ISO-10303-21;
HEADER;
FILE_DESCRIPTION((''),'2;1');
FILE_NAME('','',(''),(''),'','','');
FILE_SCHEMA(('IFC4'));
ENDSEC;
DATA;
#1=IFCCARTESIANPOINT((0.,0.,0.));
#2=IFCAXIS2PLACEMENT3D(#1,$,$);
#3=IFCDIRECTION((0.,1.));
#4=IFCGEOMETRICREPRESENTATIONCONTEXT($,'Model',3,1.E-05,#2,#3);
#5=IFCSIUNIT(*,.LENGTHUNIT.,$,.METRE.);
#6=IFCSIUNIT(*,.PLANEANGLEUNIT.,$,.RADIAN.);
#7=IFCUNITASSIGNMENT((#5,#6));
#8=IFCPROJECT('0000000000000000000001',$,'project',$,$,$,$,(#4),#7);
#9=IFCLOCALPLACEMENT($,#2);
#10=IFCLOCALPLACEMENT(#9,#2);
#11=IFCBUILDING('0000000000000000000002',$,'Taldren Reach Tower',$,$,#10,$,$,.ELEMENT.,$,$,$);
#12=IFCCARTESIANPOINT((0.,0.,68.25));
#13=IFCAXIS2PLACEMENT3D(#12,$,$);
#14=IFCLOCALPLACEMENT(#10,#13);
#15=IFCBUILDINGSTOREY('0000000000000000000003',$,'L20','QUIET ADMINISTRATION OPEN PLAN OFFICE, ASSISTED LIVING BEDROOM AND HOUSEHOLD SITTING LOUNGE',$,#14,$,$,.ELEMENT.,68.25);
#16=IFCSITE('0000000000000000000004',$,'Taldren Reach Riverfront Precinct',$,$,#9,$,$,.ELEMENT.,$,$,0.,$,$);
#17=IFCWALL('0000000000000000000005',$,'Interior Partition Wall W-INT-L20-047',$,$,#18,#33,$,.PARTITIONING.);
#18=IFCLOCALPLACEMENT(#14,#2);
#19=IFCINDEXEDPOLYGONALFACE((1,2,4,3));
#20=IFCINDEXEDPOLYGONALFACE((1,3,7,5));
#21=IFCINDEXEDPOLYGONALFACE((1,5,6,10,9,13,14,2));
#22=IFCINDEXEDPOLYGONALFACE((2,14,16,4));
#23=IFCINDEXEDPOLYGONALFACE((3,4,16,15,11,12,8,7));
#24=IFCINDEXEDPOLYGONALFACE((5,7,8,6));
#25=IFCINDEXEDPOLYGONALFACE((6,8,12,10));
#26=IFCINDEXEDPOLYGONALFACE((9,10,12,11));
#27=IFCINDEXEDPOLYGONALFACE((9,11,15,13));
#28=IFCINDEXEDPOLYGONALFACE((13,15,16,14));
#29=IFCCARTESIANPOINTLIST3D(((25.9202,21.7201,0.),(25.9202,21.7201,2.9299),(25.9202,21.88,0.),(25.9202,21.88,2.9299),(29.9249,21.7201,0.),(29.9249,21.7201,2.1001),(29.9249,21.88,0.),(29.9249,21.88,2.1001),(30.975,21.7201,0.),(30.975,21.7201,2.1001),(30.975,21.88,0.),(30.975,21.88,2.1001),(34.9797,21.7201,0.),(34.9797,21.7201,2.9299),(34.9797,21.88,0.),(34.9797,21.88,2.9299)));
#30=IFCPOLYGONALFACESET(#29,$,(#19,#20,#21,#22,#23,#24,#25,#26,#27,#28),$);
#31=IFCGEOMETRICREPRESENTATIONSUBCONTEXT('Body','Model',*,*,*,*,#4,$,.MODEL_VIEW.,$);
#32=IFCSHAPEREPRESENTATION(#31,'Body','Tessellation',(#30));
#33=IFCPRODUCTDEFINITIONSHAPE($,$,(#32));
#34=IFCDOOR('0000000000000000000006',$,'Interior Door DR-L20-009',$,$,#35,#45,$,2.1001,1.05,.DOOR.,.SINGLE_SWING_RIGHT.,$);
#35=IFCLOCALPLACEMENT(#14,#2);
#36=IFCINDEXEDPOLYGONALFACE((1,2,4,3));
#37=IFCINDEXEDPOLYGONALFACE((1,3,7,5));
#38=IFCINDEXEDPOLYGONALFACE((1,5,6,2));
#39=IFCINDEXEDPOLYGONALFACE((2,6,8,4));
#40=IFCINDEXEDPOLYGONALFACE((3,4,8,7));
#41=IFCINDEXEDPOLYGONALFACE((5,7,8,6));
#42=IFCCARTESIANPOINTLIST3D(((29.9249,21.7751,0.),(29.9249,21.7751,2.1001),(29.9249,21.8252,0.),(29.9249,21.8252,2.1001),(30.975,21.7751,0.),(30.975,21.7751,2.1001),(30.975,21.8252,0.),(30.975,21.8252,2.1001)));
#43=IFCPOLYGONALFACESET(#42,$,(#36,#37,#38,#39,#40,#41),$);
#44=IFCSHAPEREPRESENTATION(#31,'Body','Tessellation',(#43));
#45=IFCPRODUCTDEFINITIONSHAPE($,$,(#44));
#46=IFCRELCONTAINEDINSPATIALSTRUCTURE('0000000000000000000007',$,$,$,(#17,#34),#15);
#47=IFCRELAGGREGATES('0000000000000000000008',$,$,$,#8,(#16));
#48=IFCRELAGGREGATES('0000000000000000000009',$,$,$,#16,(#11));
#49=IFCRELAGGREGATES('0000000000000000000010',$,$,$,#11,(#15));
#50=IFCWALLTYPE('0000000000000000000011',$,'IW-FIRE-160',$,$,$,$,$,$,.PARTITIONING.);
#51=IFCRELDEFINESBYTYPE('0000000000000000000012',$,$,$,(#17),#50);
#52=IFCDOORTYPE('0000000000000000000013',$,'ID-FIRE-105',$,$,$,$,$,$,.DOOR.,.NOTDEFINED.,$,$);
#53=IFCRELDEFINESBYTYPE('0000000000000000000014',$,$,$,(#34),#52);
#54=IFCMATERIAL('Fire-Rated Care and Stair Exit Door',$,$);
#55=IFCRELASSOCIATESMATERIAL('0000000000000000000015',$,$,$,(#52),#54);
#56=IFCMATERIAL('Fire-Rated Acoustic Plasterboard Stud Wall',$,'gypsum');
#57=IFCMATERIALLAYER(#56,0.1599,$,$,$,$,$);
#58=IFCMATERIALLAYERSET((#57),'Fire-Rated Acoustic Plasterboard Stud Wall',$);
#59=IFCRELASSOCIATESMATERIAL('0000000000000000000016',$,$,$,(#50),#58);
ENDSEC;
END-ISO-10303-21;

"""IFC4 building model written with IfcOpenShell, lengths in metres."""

from ifc_helpers import new_model, si_unit, direction, frame, frame_2d, origin, place, context, subcontext, project, spatial, rectangle, extrude, source, transform, mapped, material, layer, layer_set, type_object, element, fill, save


model = new_model("IFC4")

# Units and contexts
model_context = context("Model", 3, precision=1e-05, world=origin(), true_north=direction((0.0, 1.0)))
body_context = subcontext(model_context, "Body", "Model", "MODEL_VIEW")
ifc_project = project(units=[si_unit("LENGTHUNIT", "METRE"), si_unit("PLANEANGLEUNIT", "RADIAN")], contexts=[model_context])

# Site, building, storey
site_placement = place(None, origin())
site = spatial("IfcSite", under=ifc_project, at=site_placement, Name="Taldren Reach Riverfront Precinct", CompositionType="ELEMENT", RefElevation=0.0)
building_placement = place(site_placement, origin())
building = spatial("IfcBuilding", under=site, at=building_placement, Name="Taldren Reach Tower", CompositionType="ELEMENT")
storey_placement = place(building_placement, frame((0.0, 0.0, 68.25)))
storey = spatial("IfcBuildingStorey", under=building, at=storey_placement, Name="L20", Description="QUIET ADMINISTRATION OPEN PLAN OFFICE, ASSISTED LIVING BEDROOM AND HOUSEHOLD SITTING LOUNGE", CompositionType="ELEMENT", Elevation=68.25)

# Shared definitions
ifc_material_1 = material(Name="Fire-Rated Care and Stair Exit Door")
door_type_1 = type_object("IfcDoorType", Name="ID-FIRE-105", OperationType="NOTDEFINED", PredefinedType="DOOR", material=ifc_material_1)
shared_shape_1 = source(origin(), body_context, "Body", "SweptSolid", [
    extrude(rectangle(XDim=1.05, YDim=2.1001, at=frame_2d((0.5249, 1.05))), frame((0.0, 0.0249, 0.0), z_axis=(0.0, -1.0, 0.0), x_axis=(1.0, 0.0, 0.0)), (0.0, 0.0, 1.0), 0.05),
])

# Wall, opening, door
ifc_material_2 = material(Name="Fire-Rated Acoustic Plasterboard Stud Wall", Category="gypsum")
ifc_layer_1 = layer(ifc_material_2, 0.1599)
ifc_layer_set_1 = layer_set([ifc_layer_1], Name="Fire-Rated Acoustic Plasterboard Stud Wall")
wall_type_1 = type_object("IfcWallType", Name="IW-FIRE-160", PredefinedType="PARTITIONING", material=ifc_layer_set_1)
shared_shape_2 = source(origin(), body_context, "Body", "SweptSolid", [
    extrude(rectangle(XDim=9.0596, YDim=0.1599, at=frame_2d((4.5298, 0.0))), origin(), (0.0, 0.0, 1.0), 2.9299),
])
wall_1_placement = place(storey_placement, frame((34.9797, 21.8, 0.0), z_axis=(0.0, 0.0, 1.0), x_axis=(-1.0, 0.0, 0.0)))
wall_1 = element("IfcWall", 1, at=wall_1_placement, inside=storey, type_object=wall_type_1, Name="Interior Partition Wall W-INT-L20-047", PredefinedType="PARTITIONING", context=body_context, shape_type="MappedRepresentation", body=[
    mapped(shared_shape_2, transform((0.0, 0.0, 0.0), scale=1.0)),
])
shared_shape_3 = source(origin(), body_context, "Body", "SweptSolid", [
    extrude(rectangle(XDim=1.05, YDim=2.1001, at=frame_2d((0.5249, 1.05))), frame((0.0, 0.0898, 0.0), z_axis=(0.0, -1.0, 0.0), x_axis=(1.0, 0.0, 0.0)), (0.0, 0.0, 1.0), 0.1799),
])
opening_1_placement = place(wall_1_placement, frame((4.0049, 0.0, 0.0)))
opening_1 = element("IfcOpeningElement", 2, at=opening_1_placement, cuts=wall_1, PredefinedType="OPENING", context=body_context, shape_type="MappedRepresentation", body=[
    mapped(shared_shape_3, transform((0.0, 0.0, 0.0), scale=1.0)),
])
door_1_placement = place(opening_1_placement, origin())
door_1 = element("IfcDoor", 3, at=door_1_placement, inside=storey, type_object=door_type_1, Name="Interior Door DR-L20-009", OperationType="SINGLE_SWING_RIGHT", OverallHeight=2.1001, OverallWidth=1.05, PredefinedType="DOOR", context=body_context, shape_type="MappedRepresentation", body=[
    mapped(shared_shape_1, transform((0.0, 0.0, 0.0), scale=1.0)),
])
fill(opening_1, door_1)

save(model, "model.ifc")
